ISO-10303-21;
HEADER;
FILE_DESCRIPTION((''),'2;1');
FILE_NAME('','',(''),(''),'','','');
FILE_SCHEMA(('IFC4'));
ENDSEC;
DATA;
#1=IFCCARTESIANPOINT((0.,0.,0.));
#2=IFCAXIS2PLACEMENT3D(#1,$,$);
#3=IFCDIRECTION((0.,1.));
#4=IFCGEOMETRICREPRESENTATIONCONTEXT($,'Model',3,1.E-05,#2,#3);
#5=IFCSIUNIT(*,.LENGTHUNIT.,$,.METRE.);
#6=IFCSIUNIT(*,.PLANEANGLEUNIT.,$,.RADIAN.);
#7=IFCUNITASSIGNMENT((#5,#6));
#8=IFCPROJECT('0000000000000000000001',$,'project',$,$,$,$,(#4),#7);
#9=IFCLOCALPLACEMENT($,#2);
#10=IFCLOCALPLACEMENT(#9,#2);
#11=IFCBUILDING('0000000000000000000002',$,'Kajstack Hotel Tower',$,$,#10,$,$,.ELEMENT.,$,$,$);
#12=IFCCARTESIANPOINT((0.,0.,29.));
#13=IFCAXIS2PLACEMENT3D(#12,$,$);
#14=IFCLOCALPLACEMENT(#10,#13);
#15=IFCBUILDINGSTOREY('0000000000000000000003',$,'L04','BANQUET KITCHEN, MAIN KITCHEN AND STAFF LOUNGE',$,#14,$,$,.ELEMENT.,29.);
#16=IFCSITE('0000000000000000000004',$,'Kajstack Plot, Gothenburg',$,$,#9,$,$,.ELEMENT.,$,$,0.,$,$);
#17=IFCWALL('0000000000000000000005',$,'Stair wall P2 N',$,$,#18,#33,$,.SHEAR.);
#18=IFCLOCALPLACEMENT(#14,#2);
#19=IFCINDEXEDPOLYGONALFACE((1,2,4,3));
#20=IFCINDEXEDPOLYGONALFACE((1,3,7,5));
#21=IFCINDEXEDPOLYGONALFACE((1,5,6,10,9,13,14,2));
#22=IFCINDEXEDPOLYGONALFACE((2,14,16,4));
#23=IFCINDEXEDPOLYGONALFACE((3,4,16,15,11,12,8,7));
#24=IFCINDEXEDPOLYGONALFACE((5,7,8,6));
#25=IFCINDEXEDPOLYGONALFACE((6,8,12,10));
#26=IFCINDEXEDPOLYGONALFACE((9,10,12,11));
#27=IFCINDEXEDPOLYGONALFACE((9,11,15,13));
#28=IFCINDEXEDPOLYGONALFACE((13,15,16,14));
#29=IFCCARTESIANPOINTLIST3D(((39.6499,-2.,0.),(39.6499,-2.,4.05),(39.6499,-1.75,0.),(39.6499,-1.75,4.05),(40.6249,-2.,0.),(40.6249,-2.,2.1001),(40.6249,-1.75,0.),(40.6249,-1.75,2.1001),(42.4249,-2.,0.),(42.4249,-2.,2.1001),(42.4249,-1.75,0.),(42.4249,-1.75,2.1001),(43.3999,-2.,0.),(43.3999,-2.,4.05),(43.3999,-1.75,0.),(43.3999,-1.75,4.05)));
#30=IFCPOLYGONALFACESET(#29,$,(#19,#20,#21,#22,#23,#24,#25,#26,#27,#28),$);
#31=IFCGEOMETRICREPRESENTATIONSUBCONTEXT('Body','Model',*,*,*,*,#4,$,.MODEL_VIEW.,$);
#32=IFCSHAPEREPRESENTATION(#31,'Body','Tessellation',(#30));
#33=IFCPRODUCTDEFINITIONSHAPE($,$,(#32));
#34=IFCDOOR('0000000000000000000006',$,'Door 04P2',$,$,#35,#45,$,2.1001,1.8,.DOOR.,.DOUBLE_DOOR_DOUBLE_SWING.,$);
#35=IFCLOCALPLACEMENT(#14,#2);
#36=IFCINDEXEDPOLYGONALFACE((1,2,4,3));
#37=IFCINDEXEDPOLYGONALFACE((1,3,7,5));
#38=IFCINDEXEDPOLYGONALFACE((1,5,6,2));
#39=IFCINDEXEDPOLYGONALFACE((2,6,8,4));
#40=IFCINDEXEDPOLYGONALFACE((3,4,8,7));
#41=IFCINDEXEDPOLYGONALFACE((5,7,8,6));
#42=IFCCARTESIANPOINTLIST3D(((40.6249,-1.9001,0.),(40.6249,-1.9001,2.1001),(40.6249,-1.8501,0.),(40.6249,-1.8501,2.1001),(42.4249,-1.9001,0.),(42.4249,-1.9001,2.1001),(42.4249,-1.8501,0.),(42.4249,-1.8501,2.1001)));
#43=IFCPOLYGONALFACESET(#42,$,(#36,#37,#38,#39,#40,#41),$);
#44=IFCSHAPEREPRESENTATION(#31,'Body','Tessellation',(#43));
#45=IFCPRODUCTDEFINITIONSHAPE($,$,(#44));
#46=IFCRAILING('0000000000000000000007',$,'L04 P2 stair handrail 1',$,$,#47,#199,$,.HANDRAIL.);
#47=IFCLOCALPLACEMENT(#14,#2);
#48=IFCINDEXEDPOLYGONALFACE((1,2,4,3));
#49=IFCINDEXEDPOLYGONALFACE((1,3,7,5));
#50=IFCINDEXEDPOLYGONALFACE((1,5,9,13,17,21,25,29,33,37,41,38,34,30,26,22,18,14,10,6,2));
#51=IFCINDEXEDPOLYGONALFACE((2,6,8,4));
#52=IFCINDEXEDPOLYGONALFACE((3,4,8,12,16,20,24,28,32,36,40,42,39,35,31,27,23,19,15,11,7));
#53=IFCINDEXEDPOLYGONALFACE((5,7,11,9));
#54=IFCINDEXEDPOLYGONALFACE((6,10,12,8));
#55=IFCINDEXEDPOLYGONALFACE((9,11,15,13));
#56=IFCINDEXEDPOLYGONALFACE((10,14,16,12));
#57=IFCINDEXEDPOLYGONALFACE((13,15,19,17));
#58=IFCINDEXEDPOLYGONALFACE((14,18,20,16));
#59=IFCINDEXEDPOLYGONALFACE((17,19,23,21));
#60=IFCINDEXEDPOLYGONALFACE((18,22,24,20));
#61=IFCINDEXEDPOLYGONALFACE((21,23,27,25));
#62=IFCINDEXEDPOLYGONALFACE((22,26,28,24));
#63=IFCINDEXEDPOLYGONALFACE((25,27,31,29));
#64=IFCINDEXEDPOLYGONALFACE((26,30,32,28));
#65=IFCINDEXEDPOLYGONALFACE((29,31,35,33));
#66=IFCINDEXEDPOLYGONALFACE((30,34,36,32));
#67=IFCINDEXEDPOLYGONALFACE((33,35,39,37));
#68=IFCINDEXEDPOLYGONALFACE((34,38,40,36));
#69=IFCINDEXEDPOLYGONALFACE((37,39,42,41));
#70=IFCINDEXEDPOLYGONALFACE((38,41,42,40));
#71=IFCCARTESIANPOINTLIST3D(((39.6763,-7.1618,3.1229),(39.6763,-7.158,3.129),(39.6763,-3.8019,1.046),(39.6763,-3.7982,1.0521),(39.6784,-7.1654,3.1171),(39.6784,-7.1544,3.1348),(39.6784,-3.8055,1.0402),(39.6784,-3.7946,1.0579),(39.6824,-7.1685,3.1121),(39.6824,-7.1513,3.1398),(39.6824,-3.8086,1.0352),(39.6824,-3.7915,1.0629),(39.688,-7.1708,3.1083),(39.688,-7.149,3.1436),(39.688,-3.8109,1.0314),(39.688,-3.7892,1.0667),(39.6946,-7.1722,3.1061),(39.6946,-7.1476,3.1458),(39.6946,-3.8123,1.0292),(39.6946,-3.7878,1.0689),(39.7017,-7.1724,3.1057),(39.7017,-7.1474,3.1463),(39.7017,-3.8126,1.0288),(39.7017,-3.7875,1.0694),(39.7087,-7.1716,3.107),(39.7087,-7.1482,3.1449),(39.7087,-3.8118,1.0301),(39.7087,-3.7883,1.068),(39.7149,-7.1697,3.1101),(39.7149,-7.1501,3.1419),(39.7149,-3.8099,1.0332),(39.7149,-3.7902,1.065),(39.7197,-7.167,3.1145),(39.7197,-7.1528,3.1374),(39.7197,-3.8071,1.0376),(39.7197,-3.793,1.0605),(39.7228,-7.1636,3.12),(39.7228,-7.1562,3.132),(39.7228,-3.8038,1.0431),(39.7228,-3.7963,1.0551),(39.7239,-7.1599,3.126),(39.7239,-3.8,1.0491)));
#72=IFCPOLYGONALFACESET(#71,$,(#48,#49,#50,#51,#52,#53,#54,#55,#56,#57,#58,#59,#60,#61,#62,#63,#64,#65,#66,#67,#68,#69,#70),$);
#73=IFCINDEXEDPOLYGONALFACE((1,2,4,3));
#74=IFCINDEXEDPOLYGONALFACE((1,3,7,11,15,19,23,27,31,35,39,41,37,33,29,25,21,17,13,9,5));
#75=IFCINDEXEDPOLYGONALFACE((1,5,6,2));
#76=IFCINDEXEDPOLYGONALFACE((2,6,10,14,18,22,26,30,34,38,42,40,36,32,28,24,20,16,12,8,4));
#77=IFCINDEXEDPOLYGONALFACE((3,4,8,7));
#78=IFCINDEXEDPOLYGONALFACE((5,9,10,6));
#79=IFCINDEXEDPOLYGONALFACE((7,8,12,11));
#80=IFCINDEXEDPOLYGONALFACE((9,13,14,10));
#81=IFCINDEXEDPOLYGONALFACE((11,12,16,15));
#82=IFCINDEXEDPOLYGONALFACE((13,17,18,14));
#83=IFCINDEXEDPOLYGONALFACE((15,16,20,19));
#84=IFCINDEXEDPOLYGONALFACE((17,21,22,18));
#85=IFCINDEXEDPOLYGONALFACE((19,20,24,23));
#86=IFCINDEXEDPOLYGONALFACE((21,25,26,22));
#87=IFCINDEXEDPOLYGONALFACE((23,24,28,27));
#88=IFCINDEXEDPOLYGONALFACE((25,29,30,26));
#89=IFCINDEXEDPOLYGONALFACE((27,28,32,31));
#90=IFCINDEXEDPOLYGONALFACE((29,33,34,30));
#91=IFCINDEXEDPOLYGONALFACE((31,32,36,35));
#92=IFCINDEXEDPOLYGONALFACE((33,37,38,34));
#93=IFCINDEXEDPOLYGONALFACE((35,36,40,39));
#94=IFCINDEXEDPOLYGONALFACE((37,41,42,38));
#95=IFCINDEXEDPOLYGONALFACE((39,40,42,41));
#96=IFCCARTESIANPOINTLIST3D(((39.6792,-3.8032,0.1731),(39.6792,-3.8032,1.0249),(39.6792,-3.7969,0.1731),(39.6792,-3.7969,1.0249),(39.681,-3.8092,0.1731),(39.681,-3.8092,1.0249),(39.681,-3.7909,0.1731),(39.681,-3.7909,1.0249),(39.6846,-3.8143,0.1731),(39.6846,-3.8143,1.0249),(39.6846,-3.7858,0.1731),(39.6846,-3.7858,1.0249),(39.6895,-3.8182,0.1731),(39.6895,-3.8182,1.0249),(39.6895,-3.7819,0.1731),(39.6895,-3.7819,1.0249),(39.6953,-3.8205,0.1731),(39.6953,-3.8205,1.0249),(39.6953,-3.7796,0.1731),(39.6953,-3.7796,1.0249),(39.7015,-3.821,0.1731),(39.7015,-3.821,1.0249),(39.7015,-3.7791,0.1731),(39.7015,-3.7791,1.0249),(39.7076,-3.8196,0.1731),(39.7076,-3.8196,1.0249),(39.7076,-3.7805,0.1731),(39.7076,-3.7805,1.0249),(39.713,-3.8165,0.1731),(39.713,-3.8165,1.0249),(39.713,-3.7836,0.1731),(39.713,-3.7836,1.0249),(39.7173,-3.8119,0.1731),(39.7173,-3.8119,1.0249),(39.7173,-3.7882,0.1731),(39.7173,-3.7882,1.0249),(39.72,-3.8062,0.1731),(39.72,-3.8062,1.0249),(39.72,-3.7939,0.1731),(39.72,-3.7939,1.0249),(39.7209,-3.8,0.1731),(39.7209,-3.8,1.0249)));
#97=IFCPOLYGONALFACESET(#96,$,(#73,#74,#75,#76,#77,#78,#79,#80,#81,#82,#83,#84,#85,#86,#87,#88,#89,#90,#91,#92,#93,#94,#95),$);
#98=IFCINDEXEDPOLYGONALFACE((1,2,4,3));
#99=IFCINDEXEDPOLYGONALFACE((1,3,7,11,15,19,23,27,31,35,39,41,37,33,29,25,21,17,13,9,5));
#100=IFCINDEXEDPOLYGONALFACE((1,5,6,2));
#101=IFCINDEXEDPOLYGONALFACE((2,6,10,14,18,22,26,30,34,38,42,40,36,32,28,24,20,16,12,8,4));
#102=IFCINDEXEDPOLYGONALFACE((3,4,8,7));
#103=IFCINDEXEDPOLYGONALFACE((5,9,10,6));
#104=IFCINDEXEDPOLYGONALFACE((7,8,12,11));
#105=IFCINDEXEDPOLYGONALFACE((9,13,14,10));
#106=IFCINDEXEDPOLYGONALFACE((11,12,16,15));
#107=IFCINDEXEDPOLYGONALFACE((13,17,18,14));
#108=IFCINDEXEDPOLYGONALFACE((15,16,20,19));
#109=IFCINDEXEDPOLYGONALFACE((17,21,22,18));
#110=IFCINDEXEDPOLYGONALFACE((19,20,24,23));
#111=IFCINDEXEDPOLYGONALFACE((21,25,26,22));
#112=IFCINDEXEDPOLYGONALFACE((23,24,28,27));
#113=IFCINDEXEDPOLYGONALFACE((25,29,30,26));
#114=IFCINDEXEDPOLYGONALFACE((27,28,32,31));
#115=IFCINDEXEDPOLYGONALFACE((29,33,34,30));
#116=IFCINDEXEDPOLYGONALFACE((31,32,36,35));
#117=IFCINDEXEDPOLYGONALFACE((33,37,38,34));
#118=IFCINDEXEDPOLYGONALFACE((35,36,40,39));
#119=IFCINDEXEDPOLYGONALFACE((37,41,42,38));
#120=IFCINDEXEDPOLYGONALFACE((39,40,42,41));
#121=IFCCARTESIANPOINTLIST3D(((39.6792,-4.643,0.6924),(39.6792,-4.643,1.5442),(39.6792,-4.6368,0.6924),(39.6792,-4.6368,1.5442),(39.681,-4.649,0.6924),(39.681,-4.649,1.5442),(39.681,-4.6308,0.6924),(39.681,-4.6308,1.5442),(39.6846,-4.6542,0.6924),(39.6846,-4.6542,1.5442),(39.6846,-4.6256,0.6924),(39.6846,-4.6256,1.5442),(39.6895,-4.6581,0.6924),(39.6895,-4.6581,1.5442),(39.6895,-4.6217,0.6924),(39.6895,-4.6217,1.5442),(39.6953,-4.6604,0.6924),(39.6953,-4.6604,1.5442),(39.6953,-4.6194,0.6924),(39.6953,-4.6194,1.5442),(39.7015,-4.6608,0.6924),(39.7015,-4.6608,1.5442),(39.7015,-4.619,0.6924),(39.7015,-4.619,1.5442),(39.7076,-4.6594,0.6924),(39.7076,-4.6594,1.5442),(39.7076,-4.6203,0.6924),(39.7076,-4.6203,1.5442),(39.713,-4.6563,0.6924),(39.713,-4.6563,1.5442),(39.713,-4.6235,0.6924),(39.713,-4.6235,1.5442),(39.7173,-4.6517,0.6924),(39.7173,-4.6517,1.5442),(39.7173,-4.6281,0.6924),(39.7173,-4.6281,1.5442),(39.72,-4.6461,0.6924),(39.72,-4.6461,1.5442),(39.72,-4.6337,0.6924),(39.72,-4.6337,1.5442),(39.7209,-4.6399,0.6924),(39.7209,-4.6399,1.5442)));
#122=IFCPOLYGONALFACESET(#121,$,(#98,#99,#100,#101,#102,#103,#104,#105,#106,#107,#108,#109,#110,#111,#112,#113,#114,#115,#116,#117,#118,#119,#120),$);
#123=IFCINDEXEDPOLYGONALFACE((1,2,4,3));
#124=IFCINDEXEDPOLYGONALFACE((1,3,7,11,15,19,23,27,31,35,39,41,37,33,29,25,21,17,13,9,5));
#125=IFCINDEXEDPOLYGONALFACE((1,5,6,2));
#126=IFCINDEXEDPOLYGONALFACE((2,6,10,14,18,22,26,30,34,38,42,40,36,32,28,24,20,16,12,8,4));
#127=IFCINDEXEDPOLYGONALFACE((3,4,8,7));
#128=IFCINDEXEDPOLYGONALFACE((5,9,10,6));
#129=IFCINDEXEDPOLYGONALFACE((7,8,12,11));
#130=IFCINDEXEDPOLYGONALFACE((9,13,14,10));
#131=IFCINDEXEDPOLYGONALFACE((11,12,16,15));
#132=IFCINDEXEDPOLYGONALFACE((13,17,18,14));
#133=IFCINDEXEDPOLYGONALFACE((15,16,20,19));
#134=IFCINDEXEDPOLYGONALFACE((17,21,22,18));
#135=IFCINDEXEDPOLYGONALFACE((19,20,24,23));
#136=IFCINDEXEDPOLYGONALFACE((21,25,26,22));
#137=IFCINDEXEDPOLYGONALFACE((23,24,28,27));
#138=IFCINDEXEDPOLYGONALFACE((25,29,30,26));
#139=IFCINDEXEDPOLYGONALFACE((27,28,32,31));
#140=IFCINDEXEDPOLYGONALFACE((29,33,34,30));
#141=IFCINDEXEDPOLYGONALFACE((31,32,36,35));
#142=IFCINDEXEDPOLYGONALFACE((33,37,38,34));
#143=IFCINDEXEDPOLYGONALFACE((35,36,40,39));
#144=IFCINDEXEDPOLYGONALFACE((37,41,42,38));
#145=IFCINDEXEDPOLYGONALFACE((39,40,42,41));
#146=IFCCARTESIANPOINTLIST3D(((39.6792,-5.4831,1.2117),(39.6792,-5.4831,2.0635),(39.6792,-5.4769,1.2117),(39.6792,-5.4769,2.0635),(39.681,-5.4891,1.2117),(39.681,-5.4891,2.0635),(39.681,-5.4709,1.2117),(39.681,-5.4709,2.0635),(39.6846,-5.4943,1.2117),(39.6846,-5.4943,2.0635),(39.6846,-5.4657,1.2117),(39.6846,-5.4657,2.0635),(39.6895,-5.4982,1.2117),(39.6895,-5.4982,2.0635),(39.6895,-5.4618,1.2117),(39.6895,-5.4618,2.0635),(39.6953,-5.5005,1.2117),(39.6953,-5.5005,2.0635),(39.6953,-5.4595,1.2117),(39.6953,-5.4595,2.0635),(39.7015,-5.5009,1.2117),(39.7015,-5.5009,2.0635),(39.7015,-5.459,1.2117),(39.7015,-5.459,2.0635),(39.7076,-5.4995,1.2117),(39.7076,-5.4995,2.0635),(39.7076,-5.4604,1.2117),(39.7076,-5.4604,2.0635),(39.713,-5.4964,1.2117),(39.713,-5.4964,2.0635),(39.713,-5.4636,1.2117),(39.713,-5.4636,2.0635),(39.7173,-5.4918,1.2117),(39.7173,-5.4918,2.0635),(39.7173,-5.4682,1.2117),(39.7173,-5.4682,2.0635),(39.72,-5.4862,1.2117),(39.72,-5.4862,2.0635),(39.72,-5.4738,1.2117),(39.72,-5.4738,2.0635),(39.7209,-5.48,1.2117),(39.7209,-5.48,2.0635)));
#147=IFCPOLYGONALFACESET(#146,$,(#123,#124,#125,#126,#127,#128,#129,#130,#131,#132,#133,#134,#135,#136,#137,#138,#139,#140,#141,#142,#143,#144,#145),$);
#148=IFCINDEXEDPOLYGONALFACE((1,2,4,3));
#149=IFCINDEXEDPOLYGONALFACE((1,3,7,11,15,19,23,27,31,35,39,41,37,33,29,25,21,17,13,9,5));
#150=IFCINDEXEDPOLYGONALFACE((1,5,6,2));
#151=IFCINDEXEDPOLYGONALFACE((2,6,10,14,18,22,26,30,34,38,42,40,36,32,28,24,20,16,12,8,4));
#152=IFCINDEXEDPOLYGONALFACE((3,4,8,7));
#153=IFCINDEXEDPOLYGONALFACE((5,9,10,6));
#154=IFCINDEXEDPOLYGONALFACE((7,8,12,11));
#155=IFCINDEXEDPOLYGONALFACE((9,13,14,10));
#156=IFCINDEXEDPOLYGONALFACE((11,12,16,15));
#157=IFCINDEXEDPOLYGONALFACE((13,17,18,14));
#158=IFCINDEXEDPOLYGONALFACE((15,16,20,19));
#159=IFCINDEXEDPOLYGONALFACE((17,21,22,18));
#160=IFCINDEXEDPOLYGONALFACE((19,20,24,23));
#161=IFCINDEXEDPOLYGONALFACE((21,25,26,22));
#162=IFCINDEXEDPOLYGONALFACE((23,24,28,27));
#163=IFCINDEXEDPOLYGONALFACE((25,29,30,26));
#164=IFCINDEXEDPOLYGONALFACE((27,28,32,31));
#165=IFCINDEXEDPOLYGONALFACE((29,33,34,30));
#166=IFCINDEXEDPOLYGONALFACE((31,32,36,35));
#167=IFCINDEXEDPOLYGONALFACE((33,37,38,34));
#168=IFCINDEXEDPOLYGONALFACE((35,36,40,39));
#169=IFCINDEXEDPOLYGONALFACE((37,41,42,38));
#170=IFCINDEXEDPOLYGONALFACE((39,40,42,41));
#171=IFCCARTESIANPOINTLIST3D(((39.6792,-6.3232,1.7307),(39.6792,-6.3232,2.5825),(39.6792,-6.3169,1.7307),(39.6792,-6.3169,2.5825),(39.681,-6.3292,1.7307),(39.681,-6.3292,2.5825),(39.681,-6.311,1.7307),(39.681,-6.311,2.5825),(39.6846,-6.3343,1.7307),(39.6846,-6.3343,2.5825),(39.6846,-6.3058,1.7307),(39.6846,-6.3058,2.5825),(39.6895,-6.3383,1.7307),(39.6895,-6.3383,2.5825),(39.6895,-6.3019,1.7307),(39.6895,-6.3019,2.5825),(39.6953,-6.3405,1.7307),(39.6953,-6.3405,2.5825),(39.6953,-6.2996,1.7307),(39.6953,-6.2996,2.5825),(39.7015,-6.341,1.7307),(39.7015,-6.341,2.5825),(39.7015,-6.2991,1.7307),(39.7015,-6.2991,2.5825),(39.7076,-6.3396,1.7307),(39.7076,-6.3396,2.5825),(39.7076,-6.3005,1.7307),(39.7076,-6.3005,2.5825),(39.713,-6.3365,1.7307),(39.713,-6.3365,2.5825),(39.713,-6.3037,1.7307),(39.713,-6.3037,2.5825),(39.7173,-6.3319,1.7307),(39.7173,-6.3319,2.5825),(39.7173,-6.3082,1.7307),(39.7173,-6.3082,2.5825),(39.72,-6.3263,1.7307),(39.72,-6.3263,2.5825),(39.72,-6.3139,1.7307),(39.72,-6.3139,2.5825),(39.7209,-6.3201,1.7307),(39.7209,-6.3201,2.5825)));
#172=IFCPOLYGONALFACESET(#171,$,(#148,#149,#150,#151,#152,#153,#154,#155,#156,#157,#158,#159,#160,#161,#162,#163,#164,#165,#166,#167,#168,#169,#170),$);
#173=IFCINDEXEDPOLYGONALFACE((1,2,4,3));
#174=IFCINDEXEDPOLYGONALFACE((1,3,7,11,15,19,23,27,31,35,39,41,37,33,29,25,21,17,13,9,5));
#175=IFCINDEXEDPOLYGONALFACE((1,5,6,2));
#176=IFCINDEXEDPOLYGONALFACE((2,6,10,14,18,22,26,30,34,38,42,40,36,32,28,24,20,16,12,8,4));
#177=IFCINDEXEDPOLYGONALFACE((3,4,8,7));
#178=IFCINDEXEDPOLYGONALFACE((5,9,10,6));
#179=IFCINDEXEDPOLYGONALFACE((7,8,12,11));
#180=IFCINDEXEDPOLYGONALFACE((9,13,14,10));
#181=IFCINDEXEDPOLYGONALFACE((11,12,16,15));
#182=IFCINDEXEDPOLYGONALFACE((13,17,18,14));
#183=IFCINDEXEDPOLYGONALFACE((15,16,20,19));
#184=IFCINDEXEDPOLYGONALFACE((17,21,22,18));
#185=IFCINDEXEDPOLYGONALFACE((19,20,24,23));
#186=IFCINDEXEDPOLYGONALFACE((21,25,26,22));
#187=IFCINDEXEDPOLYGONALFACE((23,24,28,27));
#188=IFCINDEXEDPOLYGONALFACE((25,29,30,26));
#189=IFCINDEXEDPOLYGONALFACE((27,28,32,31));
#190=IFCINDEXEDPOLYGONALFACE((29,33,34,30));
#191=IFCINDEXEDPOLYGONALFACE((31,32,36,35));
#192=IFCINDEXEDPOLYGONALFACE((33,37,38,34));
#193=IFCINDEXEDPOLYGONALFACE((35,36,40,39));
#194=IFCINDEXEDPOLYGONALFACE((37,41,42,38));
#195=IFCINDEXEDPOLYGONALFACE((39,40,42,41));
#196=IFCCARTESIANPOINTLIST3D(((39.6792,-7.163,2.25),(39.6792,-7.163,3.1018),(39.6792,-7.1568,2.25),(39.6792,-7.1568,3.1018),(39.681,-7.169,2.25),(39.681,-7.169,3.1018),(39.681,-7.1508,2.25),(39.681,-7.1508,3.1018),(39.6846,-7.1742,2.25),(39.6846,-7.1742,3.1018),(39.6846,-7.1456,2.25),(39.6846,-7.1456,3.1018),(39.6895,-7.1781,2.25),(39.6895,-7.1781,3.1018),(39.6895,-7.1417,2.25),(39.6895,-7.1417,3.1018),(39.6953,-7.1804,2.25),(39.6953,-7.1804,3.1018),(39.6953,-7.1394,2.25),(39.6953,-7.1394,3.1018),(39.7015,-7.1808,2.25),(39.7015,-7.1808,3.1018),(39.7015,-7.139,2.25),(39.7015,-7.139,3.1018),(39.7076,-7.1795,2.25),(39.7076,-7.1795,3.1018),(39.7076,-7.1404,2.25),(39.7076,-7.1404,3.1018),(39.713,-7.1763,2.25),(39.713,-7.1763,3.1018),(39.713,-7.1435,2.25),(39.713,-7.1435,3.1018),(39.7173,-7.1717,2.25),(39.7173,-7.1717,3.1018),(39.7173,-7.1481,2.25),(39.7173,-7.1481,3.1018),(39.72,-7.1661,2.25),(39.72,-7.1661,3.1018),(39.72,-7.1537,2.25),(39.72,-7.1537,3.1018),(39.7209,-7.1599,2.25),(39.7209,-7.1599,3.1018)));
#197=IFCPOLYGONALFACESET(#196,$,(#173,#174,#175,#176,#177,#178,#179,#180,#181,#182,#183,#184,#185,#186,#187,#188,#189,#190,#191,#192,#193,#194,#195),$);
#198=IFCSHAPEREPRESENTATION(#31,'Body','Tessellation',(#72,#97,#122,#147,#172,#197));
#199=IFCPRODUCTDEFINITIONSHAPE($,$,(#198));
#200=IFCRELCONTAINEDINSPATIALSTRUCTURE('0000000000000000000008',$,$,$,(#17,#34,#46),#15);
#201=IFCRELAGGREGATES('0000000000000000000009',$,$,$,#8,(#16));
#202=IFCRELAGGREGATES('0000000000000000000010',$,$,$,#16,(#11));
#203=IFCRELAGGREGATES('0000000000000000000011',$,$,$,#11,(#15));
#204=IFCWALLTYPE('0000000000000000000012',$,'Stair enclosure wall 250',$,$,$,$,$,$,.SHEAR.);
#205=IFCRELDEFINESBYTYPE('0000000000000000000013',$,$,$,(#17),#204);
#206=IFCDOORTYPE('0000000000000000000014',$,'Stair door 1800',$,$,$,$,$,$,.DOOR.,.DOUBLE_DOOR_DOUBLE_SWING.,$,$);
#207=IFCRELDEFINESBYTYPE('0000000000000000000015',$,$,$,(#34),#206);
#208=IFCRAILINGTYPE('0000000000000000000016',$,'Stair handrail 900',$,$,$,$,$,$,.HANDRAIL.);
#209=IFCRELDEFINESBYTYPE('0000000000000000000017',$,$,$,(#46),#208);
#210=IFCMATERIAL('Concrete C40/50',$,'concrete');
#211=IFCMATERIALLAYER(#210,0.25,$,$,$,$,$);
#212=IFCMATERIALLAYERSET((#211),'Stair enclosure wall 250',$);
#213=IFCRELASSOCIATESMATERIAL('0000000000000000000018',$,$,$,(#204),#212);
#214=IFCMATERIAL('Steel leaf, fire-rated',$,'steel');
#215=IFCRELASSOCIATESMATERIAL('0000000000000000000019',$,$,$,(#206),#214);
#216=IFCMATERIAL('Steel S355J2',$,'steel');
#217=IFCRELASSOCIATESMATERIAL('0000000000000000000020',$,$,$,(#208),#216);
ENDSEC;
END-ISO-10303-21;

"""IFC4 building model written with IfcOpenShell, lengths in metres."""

from ifc_helpers import new_model, si_unit, direction, frame, frame_2d, origin, origin_2d, place, context, subcontext, project, spatial, rectangle, circle, extrude, material, layer, layer_set, type_object, element, fill, save


model = new_model("IFC4")

# Units and contexts
model_context = context("Model", 3, precision=1e-05, world=origin(), true_north=direction((0.0, 1.0)))
body_context = subcontext(model_context, "Body", "Model", "MODEL_VIEW")
ifc_project = project(units=[si_unit("LENGTHUNIT", "METRE"), si_unit("PLANEANGLEUNIT", "RADIAN")], contexts=[model_context])

# Site, building, storey
site_placement = place(None, origin())
site = spatial("IfcSite", under=ifc_project, at=site_placement, Name="Kajstack Plot, Gothenburg", CompositionType="ELEMENT", RefElevation=0.0)
building_placement = place(site_placement, origin())
building = spatial("IfcBuilding", under=site, at=building_placement, Name="Kajstack Hotel Tower", CompositionType="ELEMENT")
storey_placement = place(building_placement, frame((0.0, 0.0, 29.0)))
storey = spatial("IfcBuildingStorey", under=building, at=storey_placement, Name="L04", Description="BANQUET KITCHEN, MAIN KITCHEN AND STAFF LOUNGE", CompositionType="ELEMENT", Elevation=29.0)

# Shared definitions
ifc_material_1 = material(Name="Concrete C40/50", Category="concrete")
ifc_layer_1 = layer(ifc_material_1, 0.25)
ifc_layer_set_1 = layer_set([ifc_layer_1], Name="Stair enclosure wall 250")
wall_type_1 = type_object("IfcWallType", Name="Stair enclosure wall 250", PredefinedType="SHEAR", material=ifc_layer_set_1)

# Wall, opening, door
wall_1_placement = place(storey_placement, frame((39.6499, -1.875, 0.0), z_axis=(0.0, 0.0, 1.0), x_axis=(1.0, 0.0, 0.0)))
wall_1 = element("IfcWall", 1, at=wall_1_placement, inside=storey, type_object=wall_type_1, Name="Stair wall P2 N", PredefinedType="SHEAR", context=body_context, shape_type="SweptSolid", body=[
    extrude(rectangle(XDim=3.75, YDim=0.25, at=frame_2d((1.875, 0.0))), origin(), (0.0, 0.0, 1.0), 4.05),
])
opening_1_placement = place(wall_1_placement, frame((0.9751, 0.0, 0.0)))
opening_1 = element("IfcOpeningElement", 2, at=opening_1_placement, cuts=wall_1, PredefinedType="OPENING", context=body_context, shape_type="SweptSolid", body=[
    extrude(rectangle(XDim=1.8, YDim=2.1001, at=frame_2d((0.8999, 1.05))), frame((0.0, 0.135, 0.0), z_axis=(0.0, -1.0, 0.0), x_axis=(1.0, 0.0, 0.0)), (0.0, 0.0, 1.0), 0.27),
])
ifc_material_2 = material(Name="Steel leaf, fire-rated", Category="steel")
door_type_1 = type_object("IfcDoorType", Name="Stair door 1800", OperationType="DOUBLE_DOOR_DOUBLE_SWING", PredefinedType="DOOR", material=ifc_material_2)
door_1_placement = place(opening_1_placement, origin())
door_1 = element("IfcDoor", 3, at=door_1_placement, inside=storey, type_object=door_type_1, Name="Door 04P2", OperationType="DOUBLE_DOOR_DOUBLE_SWING", OverallHeight=2.1001, OverallWidth=1.8, PredefinedType="DOOR", context=body_context, shape_type="SweptSolid", body=[
    extrude(rectangle(XDim=1.8, YDim=2.1001, at=frame_2d((0.8999, 1.05))), frame((0.0, 0.0249, 0.0), z_axis=(0.0, -1.0, 0.0), x_axis=(1.0, 0.0, 0.0)), (0.0, 0.0, 1.0), 0.05),
])
fill(opening_1, door_1)

# Railing
ifc_material_3 = material(Name="Steel S355J2", Category="steel")
railing_type_1 = type_object("IfcRailingType", Name="Stair handrail 900", PredefinedType="HANDRAIL", material=ifc_material_3)
railing_1_placement = place(storey_placement, frame((39.7, -3.8, 0.1731)))
element("IfcRailing", 4, at=railing_1_placement, inside=storey, type_object=railing_type_1, Name="L04 P2 stair handrail 1", PredefinedType="HANDRAIL", context=body_context, shape_type="SweptSolid", body=[
    extrude(circle(Radius=0.0239, at=origin_2d()), frame((0.0, 0.0, 0.876), z_axis=(0.0, -0.850606, 0.525803), x_axis=(1.0, 0.0, 0.0)), (0.0, 0.0, 1.0), 3.95),
    extrude(circle(Radius=0.021, at=origin_2d()), origin(), (0.0, 0.0, 1.0), 0.8518),
    extrude(circle(Radius=0.021, at=origin_2d()), frame((0.0, -0.8398, 0.5193)), (0.0, 0.0, 1.0), 0.8518),
    extrude(circle(Radius=0.021, at=origin_2d()), frame((0.0, -1.6799, 1.0386)), (0.0, 0.0, 1.0), 0.8518),
    extrude(circle(Radius=0.021, at=origin_2d()), frame((0.0, -2.52, 1.5576)), (0.0, 0.0, 1.0), 0.8518),
    extrude(circle(Radius=0.021, at=origin_2d()), frame((0.0, -3.3599, 2.0769)), (0.0, 0.0, 1.0), 0.8518),
])

save(model, "model.ifc")
